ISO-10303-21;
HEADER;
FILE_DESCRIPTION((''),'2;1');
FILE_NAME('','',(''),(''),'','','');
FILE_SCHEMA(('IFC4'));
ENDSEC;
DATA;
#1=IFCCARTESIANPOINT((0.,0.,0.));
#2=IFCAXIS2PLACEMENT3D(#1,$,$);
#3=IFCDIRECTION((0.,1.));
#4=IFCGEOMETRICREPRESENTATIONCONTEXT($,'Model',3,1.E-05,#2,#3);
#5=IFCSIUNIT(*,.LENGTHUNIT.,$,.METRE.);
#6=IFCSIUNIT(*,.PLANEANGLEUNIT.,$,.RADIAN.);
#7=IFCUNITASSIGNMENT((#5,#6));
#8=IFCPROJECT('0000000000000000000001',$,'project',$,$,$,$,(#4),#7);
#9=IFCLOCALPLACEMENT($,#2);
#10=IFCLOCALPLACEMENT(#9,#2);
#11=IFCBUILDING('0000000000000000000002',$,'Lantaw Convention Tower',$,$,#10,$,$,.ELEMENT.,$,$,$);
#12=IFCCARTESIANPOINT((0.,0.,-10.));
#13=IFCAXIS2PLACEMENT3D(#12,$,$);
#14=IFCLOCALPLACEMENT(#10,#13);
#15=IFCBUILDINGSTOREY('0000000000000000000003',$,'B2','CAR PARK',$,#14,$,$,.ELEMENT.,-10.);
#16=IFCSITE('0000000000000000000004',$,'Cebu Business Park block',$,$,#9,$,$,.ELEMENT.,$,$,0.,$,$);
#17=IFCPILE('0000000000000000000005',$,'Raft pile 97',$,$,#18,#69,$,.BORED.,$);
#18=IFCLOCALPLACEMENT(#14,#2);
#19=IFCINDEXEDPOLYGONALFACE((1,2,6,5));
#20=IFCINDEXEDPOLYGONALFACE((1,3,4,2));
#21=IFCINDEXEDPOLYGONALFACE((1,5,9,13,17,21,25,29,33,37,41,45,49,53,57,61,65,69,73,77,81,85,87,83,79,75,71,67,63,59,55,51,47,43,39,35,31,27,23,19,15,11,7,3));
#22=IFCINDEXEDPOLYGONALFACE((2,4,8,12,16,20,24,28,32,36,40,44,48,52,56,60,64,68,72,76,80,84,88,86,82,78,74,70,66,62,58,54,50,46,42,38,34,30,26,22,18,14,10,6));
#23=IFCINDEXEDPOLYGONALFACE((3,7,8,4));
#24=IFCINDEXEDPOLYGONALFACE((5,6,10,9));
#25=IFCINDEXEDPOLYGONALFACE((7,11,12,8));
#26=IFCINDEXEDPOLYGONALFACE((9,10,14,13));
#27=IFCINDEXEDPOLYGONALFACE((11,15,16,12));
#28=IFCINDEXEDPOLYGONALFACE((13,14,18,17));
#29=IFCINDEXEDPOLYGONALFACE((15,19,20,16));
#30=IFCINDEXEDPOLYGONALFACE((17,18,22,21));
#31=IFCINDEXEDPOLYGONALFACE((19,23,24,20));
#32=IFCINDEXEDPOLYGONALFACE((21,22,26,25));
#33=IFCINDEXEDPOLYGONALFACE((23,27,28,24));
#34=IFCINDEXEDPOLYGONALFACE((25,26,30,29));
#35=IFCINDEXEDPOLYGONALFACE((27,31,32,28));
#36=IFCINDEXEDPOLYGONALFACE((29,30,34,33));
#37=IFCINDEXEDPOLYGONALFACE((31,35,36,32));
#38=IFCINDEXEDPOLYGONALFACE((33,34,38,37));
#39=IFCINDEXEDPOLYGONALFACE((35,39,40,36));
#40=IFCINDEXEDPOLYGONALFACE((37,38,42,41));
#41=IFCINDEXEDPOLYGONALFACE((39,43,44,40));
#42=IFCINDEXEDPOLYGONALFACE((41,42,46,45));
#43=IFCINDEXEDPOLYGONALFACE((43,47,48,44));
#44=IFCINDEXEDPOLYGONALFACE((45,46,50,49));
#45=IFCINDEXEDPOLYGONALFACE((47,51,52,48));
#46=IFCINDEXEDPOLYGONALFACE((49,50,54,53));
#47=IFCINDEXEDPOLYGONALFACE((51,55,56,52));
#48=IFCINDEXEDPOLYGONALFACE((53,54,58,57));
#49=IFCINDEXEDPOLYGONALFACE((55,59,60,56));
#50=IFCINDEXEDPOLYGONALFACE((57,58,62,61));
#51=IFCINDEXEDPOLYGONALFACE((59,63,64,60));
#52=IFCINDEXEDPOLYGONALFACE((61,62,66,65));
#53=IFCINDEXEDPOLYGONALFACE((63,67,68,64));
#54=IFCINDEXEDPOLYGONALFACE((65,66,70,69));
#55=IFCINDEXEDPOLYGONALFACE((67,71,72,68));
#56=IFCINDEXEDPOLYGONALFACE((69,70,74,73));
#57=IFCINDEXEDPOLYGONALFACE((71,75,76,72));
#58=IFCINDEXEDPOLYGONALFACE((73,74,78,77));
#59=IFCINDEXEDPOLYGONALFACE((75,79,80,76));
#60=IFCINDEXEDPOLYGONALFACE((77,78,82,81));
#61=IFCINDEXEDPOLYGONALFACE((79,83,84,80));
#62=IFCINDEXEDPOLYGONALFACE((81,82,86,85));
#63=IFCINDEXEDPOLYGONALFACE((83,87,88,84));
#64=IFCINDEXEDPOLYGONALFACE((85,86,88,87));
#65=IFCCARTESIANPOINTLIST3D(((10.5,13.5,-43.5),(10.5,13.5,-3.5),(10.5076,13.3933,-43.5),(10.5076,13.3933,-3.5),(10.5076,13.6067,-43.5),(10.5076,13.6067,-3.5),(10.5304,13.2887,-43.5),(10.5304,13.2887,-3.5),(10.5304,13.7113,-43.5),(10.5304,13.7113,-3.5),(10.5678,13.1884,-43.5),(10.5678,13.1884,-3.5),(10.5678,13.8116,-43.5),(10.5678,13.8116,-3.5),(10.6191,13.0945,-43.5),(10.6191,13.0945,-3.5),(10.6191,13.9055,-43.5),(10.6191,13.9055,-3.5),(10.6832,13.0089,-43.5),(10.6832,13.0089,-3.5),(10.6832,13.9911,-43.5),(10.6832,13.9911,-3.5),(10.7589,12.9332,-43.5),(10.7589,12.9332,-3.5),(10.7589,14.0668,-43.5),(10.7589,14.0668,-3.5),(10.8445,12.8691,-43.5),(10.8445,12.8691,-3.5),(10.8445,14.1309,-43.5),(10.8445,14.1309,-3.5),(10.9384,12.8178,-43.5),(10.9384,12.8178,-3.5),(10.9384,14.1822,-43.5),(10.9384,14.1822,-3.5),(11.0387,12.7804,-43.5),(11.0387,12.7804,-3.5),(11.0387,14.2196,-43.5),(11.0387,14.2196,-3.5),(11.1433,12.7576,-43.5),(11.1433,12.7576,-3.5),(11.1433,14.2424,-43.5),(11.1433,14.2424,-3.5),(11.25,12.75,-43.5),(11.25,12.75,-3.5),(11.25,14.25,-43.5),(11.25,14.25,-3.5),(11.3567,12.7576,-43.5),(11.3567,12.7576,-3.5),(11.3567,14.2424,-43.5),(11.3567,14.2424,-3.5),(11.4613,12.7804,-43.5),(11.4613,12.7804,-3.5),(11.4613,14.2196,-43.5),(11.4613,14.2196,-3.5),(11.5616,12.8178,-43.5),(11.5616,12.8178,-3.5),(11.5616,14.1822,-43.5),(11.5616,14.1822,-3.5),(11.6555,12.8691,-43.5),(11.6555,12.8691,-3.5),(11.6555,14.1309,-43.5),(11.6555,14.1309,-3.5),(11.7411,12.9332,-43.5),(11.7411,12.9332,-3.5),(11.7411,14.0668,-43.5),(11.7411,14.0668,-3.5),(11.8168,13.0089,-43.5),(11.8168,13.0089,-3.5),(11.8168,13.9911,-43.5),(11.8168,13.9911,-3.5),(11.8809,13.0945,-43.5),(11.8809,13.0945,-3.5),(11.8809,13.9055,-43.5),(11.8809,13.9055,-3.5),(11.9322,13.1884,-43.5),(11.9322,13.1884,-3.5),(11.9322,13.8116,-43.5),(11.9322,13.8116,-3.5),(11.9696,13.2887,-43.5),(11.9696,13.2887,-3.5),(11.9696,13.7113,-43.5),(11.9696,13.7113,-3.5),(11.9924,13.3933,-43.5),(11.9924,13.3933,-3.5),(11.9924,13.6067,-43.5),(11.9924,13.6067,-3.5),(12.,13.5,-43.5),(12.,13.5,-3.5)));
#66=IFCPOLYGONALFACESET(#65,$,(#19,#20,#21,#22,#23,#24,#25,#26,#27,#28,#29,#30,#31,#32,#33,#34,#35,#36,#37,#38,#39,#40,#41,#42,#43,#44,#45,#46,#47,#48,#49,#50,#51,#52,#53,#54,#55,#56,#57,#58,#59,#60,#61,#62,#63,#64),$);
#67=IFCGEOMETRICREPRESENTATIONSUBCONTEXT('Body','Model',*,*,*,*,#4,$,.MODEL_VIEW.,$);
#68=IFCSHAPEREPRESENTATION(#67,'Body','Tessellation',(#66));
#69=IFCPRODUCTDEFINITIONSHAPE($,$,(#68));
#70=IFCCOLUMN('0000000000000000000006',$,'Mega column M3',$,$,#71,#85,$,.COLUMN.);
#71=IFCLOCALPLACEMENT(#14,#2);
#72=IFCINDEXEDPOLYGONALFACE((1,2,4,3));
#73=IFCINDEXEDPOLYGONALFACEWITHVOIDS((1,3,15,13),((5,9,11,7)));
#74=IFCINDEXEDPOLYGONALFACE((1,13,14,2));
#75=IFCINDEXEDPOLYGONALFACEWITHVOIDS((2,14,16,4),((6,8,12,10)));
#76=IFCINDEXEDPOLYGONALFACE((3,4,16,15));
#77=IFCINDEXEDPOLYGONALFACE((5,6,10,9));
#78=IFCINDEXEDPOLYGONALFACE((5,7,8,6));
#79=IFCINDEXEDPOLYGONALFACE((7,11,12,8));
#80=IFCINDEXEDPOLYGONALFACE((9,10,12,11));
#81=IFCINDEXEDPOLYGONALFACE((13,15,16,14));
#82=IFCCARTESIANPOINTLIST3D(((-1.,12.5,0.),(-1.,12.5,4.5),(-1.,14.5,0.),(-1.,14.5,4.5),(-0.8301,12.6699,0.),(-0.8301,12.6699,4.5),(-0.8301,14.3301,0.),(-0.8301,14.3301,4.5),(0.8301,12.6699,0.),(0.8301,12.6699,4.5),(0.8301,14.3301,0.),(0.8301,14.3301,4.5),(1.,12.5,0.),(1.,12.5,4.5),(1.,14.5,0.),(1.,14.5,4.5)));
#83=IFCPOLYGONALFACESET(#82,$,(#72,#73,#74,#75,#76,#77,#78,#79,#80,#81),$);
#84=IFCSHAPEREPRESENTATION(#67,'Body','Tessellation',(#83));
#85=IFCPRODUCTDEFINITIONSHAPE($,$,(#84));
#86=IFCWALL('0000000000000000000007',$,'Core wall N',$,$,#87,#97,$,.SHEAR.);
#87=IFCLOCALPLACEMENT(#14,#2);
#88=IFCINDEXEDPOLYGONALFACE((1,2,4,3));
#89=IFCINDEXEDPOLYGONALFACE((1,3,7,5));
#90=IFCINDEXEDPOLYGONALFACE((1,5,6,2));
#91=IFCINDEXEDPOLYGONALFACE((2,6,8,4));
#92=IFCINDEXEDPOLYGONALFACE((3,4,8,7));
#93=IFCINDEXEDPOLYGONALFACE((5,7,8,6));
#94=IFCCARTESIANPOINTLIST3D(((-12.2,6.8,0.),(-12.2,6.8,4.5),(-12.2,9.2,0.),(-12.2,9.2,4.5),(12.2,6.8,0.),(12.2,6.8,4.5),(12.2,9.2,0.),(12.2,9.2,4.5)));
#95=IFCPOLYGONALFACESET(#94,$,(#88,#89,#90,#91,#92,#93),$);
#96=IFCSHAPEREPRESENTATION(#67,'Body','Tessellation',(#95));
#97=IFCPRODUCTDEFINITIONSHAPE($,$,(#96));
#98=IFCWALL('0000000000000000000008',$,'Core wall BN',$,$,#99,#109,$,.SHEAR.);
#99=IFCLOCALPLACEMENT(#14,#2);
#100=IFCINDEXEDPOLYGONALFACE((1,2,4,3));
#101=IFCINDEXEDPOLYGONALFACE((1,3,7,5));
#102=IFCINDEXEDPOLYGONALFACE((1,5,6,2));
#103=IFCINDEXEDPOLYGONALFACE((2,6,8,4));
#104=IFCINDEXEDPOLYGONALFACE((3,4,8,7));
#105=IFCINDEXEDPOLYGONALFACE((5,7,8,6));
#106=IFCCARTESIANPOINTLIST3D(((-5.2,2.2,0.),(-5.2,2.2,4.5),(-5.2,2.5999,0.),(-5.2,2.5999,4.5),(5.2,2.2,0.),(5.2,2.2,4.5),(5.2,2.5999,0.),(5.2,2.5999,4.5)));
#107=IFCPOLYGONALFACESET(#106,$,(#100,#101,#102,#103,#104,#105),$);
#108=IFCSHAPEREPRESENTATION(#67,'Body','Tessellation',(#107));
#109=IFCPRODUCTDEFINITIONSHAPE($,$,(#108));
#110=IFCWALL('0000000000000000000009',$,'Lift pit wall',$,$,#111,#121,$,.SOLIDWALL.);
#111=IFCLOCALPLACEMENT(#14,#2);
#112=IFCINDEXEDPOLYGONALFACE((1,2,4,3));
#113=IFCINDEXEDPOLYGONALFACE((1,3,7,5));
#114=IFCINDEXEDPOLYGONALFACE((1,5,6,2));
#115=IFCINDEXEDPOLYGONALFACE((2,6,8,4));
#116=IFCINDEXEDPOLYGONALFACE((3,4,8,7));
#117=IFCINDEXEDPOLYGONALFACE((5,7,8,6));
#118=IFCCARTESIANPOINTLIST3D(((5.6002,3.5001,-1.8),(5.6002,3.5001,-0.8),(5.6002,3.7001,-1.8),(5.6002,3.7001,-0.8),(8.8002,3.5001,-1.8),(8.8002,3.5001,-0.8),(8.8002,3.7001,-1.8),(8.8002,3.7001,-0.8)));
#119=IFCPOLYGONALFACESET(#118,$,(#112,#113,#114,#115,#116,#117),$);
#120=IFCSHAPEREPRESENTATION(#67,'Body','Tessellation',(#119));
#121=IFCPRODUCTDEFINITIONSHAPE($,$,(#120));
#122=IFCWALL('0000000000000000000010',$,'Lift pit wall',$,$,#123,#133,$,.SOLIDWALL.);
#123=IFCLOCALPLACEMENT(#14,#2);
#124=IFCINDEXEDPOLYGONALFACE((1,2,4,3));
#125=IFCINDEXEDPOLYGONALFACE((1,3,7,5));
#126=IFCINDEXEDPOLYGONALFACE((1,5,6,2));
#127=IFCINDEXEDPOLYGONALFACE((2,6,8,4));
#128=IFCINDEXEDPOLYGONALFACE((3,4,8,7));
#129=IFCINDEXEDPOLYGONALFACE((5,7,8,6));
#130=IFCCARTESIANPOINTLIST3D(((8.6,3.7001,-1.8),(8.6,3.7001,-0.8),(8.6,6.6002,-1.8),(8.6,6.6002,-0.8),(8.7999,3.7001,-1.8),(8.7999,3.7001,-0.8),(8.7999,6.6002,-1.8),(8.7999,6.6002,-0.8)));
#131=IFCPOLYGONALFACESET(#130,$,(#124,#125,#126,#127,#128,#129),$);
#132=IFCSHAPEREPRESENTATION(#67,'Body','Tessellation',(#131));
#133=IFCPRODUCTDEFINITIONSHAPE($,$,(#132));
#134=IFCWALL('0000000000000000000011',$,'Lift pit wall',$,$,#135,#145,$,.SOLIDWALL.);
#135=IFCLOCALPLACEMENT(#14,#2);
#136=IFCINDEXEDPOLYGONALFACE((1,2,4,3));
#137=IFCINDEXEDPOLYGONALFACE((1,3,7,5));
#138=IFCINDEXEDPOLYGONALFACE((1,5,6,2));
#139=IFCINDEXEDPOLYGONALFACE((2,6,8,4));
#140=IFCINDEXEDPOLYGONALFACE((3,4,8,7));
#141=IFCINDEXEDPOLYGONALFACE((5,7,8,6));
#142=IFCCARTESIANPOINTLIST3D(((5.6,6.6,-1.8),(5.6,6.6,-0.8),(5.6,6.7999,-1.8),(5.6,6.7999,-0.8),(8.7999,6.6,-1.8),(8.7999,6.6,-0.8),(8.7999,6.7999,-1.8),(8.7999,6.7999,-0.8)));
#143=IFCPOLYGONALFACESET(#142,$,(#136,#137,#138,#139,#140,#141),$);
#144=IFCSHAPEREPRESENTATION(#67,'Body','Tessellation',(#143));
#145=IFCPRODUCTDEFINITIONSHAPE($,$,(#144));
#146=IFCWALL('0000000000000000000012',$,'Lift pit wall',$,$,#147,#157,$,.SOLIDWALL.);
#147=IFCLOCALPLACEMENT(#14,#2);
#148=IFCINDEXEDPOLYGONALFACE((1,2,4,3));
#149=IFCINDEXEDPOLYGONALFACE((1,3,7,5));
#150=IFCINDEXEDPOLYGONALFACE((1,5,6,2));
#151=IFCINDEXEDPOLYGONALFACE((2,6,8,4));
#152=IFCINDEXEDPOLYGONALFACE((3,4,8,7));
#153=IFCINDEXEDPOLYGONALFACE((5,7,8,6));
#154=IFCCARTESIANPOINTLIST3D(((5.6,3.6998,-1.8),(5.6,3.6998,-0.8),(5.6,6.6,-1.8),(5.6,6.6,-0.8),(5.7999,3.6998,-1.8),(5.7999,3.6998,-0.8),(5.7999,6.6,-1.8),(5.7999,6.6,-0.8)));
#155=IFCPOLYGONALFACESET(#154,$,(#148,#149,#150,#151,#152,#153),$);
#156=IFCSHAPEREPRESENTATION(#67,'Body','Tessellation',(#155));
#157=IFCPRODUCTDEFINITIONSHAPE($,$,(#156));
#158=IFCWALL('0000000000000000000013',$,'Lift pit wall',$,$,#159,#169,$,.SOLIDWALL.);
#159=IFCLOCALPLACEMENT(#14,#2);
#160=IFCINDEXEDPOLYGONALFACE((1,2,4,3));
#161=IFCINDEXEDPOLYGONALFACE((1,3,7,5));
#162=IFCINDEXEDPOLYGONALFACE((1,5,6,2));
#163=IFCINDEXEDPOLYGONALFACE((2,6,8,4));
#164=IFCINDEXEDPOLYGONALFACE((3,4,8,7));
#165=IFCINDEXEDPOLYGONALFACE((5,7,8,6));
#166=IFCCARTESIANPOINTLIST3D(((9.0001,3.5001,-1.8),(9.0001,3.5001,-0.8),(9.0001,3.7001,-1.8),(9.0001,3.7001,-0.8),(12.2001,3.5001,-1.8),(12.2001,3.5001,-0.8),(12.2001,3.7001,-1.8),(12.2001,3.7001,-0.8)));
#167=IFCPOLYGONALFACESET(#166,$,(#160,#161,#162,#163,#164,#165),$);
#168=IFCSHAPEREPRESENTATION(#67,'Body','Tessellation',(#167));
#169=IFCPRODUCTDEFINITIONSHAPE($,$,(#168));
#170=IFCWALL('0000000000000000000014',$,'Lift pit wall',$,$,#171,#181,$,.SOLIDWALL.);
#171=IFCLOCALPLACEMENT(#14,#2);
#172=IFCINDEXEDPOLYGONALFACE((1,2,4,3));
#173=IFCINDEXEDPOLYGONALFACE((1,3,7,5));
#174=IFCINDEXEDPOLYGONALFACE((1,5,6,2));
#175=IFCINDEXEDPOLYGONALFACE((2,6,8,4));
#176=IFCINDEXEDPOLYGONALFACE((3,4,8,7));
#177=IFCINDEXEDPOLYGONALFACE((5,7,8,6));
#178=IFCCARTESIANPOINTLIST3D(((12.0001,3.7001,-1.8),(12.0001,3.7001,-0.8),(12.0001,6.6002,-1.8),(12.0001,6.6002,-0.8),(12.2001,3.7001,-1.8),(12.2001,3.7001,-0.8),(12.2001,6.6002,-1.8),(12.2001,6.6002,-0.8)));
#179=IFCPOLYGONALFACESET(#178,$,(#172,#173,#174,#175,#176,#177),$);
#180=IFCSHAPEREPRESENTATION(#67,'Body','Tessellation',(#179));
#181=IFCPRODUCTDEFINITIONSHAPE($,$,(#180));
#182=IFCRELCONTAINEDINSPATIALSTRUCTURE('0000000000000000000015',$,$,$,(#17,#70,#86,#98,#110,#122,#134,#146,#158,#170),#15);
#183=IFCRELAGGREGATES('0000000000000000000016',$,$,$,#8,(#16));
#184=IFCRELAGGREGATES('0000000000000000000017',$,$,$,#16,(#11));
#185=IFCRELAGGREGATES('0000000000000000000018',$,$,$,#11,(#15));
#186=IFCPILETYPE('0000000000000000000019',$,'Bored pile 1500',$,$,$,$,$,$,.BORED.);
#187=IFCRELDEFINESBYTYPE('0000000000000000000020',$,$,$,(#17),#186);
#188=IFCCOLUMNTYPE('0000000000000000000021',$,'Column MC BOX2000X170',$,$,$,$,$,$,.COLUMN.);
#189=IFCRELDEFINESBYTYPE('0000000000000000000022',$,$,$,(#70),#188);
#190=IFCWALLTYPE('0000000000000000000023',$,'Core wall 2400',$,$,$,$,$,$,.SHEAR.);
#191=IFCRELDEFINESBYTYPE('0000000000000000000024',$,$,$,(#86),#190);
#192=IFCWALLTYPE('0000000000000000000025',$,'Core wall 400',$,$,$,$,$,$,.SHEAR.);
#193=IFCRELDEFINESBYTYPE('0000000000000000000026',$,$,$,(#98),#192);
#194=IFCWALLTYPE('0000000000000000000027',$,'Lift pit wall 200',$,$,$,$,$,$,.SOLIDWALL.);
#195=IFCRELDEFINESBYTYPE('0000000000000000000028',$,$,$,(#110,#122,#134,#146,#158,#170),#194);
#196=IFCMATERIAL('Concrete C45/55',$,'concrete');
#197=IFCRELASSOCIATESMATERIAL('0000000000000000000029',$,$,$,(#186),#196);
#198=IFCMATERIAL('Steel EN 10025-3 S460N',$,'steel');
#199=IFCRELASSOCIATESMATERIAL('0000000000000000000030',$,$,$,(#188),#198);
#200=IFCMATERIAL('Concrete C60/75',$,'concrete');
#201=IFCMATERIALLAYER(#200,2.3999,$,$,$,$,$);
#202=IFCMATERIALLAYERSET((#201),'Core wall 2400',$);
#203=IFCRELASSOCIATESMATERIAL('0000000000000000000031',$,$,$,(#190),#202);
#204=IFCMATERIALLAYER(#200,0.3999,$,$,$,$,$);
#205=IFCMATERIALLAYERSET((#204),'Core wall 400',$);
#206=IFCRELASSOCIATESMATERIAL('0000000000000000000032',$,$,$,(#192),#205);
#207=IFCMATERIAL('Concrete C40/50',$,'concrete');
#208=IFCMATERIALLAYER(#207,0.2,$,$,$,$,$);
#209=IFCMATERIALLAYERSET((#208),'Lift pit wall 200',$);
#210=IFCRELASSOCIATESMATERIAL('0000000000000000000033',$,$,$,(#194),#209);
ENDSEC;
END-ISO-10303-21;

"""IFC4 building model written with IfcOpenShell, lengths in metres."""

from ifc_helpers import new_model, si_unit, direction, frame, frame_2d, origin, origin_2d, place, context, subcontext, project, spatial, rectangle, hollow_rectangle, circle, extrude, material, layer, layer_set, material_profile, profile_set, type_object, element, save


model = new_model("IFC4")

# Units and contexts
model_context = context("Model", 3, precision=1e-05, world=origin(), true_north=direction((0.0, 1.0)))
body_context = subcontext(model_context, "Body", "Model", "MODEL_VIEW")
ifc_project = project(units=[si_unit("LENGTHUNIT", "METRE"), si_unit("PLANEANGLEUNIT", "RADIAN")], contexts=[model_context])

# Site, building, storey
site_placement = place(None, origin())
site = spatial("IfcSite", under=ifc_project, at=site_placement, Name="Cebu Business Park block", CompositionType="ELEMENT", RefElevation=0.0)
building_placement = place(site_placement, origin())
building = spatial("IfcBuilding", under=site, at=building_placement, Name="Lantaw Convention Tower", CompositionType="ELEMENT")
storey_placement = place(building_placement, frame((0.0, 0.0, -10.0)))
storey = spatial("IfcBuildingStorey", under=building, at=storey_placement, Name="B2", Description="CAR PARK", CompositionType="ELEMENT", Elevation=-10.0)

# Pile
ifc_material_1 = material(Name="Concrete C45/55", Category="concrete")
ifc_material_profile_1 = material_profile(ifc_material_1, circle(Radius=0.75, at=origin_2d()), Name="Bored pile 1500")
ifc_profile_set_1 = profile_set([ifc_material_profile_1], Name="Concrete C45/55")
pile_type = type_object("IfcPileType", Name="Bored pile 1500", PredefinedType="BORED", material=ifc_profile_set_1)
for number, where, z_axis, x_axis, name in (
    (1, (11.25, 13.5, -3.5), (0.0, 0.0, -1.0), (1.0, 0.0, 0.0), "Raft pile 97"),
):
    element("IfcPile", number, at=place(storey_placement, frame(where, z_axis=z_axis, x_axis=x_axis)), inside=storey, type_object=pile_type, Name=name, PredefinedType="BORED", context=body_context, shape_type="SweptSolid", body=[
        extrude(circle(Radius=0.75, at=origin_2d()), origin(), (0.0, 0.0, 1.0), 40.0),
    ])

# Column
ifc_material_2 = material(Name="Steel EN 10025-3 S460N", Category="steel")
ifc_material_profile_2 = material_profile(ifc_material_2, hollow_rectangle(XDim=2.0, YDim=2.0, WallThickness=0.1699, at=origin_2d()), Name="BOX2000X170")
ifc_material_3 = material(Name="Concrete C60/75", Category="concrete")
ifc_material_profile_3 = material_profile(ifc_material_3, rectangle(XDim=1.6599, YDim=1.6599, at=origin_2d()), Name="Concrete fill of BOX2000X170")
ifc_profile_set_2 = profile_set([ifc_material_profile_2, ifc_material_profile_3], Name="Steel EN 10025-3 S460N")
column_type = type_object("IfcColumnType", Name="Column MC BOX2000X170", PredefinedType="COLUMN", material=ifc_profile_set_2)
column_placement = place(storey_placement, frame((0.0, 13.5, 0.0), z_axis=(0.0, 0.0, 1.0), x_axis=(1.0, 0.0, 0.0)))
element("IfcColumn", 2, at=column_placement, inside=storey, type_object=column_type, Name="Mega column M3", PredefinedType="COLUMN", context=body_context, shape_type="SweptSolid", body=[
    extrude(hollow_rectangle(XDim=2.0, YDim=2.0, WallThickness=0.1699, at=origin_2d()), origin(), (0.0, 0.0, 1.0), 4.5),
])

# Walls
ifc_layer_1 = layer(ifc_material_3, 2.3999)
ifc_layer_set_1 = layer_set([ifc_layer_1], Name="Core wall 2400")
wall_type_1 = type_object("IfcWallType", Name="Core wall 2400", PredefinedType="SHEAR", material=ifc_layer_set_1)
wall_1_placement = place(storey_placement, frame((12.2, 8.0, 0.0), z_axis=(0.0, 0.0, 1.0), x_axis=(-1.0, 0.0, 0.0)))
element("IfcWall", 3, at=wall_1_placement, inside=storey, type_object=wall_type_1, Name="Core wall N", PredefinedType="SHEAR", context=body_context, shape_type="SweptSolid", body=[
    extrude(rectangle(XDim=24.3999, YDim=2.3999, at=frame_2d((12.2, 0.0))), origin(), (0.0, 0.0, 1.0), 4.5),
])
ifc_layer_2 = layer(ifc_material_3, 0.3999)
ifc_layer_set_2 = layer_set([ifc_layer_2], Name="Core wall 400")
wall_type_2 = type_object("IfcWallType", Name="Core wall 400", PredefinedType="SHEAR", material=ifc_layer_set_2)
wall_2_placement = place(storey_placement, frame((5.2, 2.3999, 0.0), z_axis=(0.0, 0.0, 1.0), x_axis=(-1.0, 0.0, 0.0)))
element("IfcWall", 4, at=wall_2_placement, inside=storey, type_object=wall_type_2, Name="Core wall BN", PredefinedType="SHEAR", context=body_context, shape_type="SweptSolid", body=[
    extrude(rectangle(XDim=10.3999, YDim=0.3999, at=frame_2d((5.2, 0.0))), origin(), (0.0, 0.0, 1.0), 4.5),
])
ifc_material_4 = material(Name="Concrete C40/50", Category="concrete")
ifc_layer_3 = layer(ifc_material_4, 0.2)
ifc_layer_set_3 = layer_set([ifc_layer_3], Name="Lift pit wall 200")
wall_type_3 = type_object("IfcWallType", Name="Lift pit wall 200", PredefinedType="SOLIDWALL", material=ifc_layer_set_3)
wall_3_placement = place(storey_placement, frame((5.6001, 3.6001, -1.8), z_axis=(0.0, 0.0, 1.0), x_axis=(1.0, 0.0, 0.0)))
element("IfcWall", 5, at=wall_3_placement, inside=storey, type_object=wall_type_3, Name="Lift pit wall", PredefinedType="SOLIDWALL", context=body_context, shape_type="SweptSolid", body=[
    extrude(rectangle(XDim=3.2, YDim=0.2, at=frame_2d((1.6001, 0.0))), origin(), (0.0, 0.0, 1.0), 1.0),
])
wall_4_placement = place(storey_placement, frame((8.7, 3.7, -1.8), z_axis=(0.0, 0.0, 1.0), x_axis=(0.0, 1.0, 0.0)))
element("IfcWall", 6, at=wall_4_placement, inside=storey, type_object=wall_type_3, Name="Lift pit wall", PredefinedType="SOLIDWALL", context=body_context, shape_type="SweptSolid", body=[
    extrude(rectangle(XDim=2.9001, YDim=0.2, at=frame_2d((1.4502, 0.0))), origin(), (0.0, 0.0, 1.0), 1.0),
])
wall_5_placement = place(storey_placement, frame((8.8, 6.7, -1.8), z_axis=(0.0, 0.0, 1.0), x_axis=(-1.0, 0.0, 0.0)))
element("IfcWall", 7, at=wall_5_placement, inside=storey, type_object=wall_type_3, Name="Lift pit wall", PredefinedType="SOLIDWALL", context=body_context, shape_type="SweptSolid", body=[
    extrude(rectangle(XDim=3.2, YDim=0.2, at=frame_2d((1.6001, 0.0))), origin(), (0.0, 0.0, 1.0), 1.0),
])
wall_6_placement = place(storey_placement, frame((5.7, 6.6001, -1.8), z_axis=(0.0, 0.0, 1.0), x_axis=(0.0, -1.0, 0.0)))
element("IfcWall", 8, at=wall_6_placement, inside=storey, type_object=wall_type_3, Name="Lift pit wall", PredefinedType="SOLIDWALL", context=body_context, shape_type="SweptSolid", body=[
    extrude(rectangle(XDim=2.9001, YDim=0.2, at=frame_2d((1.4502, 0.0))), origin(), (0.0, 0.0, 1.0), 1.0),
])
wall_7_placement = place(storey_placement, frame((9.0, 3.6001, -1.8), z_axis=(0.0, 0.0, 1.0), x_axis=(1.0, 0.0, 0.0)))
element("IfcWall", 9, at=wall_7_placement, inside=storey, type_object=wall_type_3, Name="Lift pit wall", PredefinedType="SOLIDWALL", context=body_context, shape_type="SweptSolid", body=[
    extrude(rectangle(XDim=3.2, YDim=0.2, at=frame_2d((1.6001, 0.0))), origin(), (0.0, 0.0, 1.0), 1.0),
])
wall_8_placement = place(storey_placement, frame((12.1001, 3.7, -1.8), z_axis=(0.0, 0.0, 1.0), x_axis=(0.0, 1.0, 0.0)))
element("IfcWall", 10, at=wall_8_placement, inside=storey, type_object=wall_type_3, Name="Lift pit wall", PredefinedType="SOLIDWALL", context=body_context, shape_type="SweptSolid", body=[
    extrude(rectangle(XDim=2.9001, YDim=0.2, at=frame_2d((1.4502, 0.0))), origin(), (0.0, 0.0, 1.0), 1.0),
])

save(model, "model.ifc")
